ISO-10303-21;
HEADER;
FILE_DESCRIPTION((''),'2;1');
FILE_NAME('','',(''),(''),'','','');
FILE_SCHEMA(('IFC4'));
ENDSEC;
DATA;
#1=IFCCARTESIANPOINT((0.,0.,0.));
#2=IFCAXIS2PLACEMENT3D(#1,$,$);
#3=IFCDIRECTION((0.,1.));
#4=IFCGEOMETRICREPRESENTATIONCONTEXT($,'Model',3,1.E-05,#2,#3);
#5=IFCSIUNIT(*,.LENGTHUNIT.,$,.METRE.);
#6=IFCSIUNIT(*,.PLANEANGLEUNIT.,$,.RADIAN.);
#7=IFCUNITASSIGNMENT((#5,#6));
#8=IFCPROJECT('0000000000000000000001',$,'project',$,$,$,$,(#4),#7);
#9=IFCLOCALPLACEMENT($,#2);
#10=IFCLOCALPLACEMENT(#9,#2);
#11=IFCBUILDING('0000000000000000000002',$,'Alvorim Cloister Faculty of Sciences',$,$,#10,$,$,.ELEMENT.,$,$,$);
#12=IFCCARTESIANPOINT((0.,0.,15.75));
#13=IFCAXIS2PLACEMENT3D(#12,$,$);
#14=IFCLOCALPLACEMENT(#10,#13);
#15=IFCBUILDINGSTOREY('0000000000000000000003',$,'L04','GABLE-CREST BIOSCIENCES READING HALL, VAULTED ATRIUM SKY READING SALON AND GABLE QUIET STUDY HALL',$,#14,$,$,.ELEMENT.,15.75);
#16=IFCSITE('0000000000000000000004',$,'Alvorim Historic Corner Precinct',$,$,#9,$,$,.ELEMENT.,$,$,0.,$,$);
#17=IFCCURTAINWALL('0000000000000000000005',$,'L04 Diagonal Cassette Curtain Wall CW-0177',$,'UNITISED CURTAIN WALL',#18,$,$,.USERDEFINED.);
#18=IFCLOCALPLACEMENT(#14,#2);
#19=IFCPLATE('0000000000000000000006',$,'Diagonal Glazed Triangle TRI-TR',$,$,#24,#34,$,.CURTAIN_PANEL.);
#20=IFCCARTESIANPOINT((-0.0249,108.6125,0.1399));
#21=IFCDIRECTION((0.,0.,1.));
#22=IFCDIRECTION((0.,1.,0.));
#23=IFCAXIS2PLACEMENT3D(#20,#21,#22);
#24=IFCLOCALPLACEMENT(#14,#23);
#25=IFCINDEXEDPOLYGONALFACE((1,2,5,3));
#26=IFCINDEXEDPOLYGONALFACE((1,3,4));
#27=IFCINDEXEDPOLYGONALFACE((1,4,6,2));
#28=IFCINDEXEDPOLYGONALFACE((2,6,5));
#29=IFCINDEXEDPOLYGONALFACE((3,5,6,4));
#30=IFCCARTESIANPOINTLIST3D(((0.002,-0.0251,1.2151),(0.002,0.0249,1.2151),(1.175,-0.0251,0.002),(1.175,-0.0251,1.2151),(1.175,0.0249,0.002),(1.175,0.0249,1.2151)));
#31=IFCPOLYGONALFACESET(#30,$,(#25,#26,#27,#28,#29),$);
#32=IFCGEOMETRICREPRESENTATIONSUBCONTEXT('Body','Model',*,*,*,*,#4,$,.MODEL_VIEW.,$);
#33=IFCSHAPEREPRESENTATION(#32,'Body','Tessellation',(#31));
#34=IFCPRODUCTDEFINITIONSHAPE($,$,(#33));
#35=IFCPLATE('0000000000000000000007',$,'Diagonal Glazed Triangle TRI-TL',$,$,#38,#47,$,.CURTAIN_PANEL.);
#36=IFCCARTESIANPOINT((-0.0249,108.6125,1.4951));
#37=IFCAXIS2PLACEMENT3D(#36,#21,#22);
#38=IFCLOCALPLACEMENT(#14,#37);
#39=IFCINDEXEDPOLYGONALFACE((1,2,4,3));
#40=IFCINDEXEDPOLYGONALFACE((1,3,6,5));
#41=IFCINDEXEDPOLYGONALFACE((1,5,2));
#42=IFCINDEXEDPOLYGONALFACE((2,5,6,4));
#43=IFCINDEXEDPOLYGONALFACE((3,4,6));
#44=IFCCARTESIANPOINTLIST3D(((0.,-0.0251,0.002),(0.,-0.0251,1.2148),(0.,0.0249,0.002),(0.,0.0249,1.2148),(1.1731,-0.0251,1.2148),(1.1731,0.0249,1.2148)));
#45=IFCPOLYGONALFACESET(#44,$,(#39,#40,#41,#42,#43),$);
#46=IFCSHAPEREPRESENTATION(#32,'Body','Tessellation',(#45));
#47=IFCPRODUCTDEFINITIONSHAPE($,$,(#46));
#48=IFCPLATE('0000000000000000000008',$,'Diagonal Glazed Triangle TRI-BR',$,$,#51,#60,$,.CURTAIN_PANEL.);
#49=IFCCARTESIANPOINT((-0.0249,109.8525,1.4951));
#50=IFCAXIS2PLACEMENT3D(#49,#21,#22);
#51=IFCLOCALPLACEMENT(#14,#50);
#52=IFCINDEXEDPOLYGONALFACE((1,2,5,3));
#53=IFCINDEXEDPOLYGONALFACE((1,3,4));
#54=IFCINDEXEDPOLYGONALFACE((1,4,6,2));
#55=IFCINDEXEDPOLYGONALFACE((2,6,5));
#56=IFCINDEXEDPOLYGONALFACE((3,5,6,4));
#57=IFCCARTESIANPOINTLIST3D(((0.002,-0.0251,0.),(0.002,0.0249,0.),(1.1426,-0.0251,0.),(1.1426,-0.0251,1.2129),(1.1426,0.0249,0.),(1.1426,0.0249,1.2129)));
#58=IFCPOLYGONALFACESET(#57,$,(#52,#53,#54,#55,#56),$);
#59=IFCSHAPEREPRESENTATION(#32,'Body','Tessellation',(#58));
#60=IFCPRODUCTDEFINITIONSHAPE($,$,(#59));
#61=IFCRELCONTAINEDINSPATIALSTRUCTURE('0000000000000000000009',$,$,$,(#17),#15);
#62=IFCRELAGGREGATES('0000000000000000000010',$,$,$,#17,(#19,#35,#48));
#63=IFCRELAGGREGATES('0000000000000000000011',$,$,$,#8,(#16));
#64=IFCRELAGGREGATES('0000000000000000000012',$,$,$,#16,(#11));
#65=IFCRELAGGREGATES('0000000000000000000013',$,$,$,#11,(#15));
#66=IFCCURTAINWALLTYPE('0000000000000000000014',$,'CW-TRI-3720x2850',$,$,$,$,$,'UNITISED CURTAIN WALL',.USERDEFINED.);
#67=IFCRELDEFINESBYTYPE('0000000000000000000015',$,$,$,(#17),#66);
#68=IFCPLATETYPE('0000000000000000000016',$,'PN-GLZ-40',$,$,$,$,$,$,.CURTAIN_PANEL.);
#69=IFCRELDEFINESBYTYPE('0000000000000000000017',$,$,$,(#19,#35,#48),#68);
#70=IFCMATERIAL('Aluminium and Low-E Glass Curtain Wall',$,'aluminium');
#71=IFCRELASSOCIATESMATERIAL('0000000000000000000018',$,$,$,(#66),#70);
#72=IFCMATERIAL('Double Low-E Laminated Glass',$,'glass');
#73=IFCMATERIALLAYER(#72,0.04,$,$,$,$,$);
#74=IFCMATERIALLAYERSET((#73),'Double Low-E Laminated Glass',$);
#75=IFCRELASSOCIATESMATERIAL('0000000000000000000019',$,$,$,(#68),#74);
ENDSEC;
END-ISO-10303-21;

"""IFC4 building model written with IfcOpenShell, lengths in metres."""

from ifc_helpers import new_model, si_unit, direction, frame, origin, place, context, subcontext, project, spatial, polyline, outline, extrude, material, layer, layer_set, type_object, element, aggregate, save


model = new_model("IFC4")

# Units and contexts
model_context = context("Model", 3, precision=1e-05, world=origin(), true_north=direction((0.0, 1.0)))
body_context = subcontext(model_context, "Body", "Model", "MODEL_VIEW")
ifc_project = project(units=[si_unit("LENGTHUNIT", "METRE"), si_unit("PLANEANGLEUNIT", "RADIAN")], contexts=[model_context])

# Site, building, storey
site_placement = place(None, origin())
site = spatial("IfcSite", under=ifc_project, at=site_placement, Name="Alvorim Historic Corner Precinct", CompositionType="ELEMENT", RefElevation=0.0)
building_placement = place(site_placement, origin())
building = spatial("IfcBuilding", under=site, at=building_placement, Name="Alvorim Cloister Faculty of Sciences", CompositionType="ELEMENT")
storey_placement = place(building_placement, frame((0.0, 0.0, 15.75)))
storey = spatial("IfcBuildingStorey", under=building, at=storey_placement, Name="L04", Description="GABLE-CREST BIOSCIENCES READING HALL, VAULTED ATRIUM SKY READING SALON AND GABLE QUIET STUDY HALL", CompositionType="ELEMENT", Elevation=15.75)

# Curtain wall, plates
ifc_material_1 = material(Name="Aluminium and Low-E Glass Curtain Wall", Category="aluminium")
curtain_wall_type = type_object("IfcCurtainWallType", Name="CW-TRI-3720x2850", ElementType="UNITISED CURTAIN WALL", PredefinedType="USERDEFINED", material=ifc_material_1)
curtain_wall_placement = place(storey_placement, origin())
curtain_wall = element("IfcCurtainWall", 1, at=curtain_wall_placement, inside=storey, type_object=curtain_wall_type, Name="L04 Diagonal Cassette Curtain Wall CW-0177", ObjectType="UNITISED CURTAIN WALL", PredefinedType="USERDEFINED")
ifc_material_2 = material(Name="Double Low-E Laminated Glass", Category="glass")
ifc_layer = layer(ifc_material_2, 0.04)
ifc_layer_set = layer_set([ifc_layer], Name="Double Low-E Laminated Glass")
plate_type = type_object("IfcPlateType", Name="PN-GLZ-40", PredefinedType="CURTAIN_PANEL", material=ifc_layer_set)
plate_1_placement = place(storey_placement, frame((-0.0249, 108.6125, 0.1399), z_axis=(0.0, 0.0, 1.0), x_axis=(0.0, 1.0, 0.0)))
plate_1 = element("IfcPlate", 2, at=plate_1_placement, type_object=plate_type, Name="Diagonal Glazed Triangle TRI-TR", PredefinedType="CURTAIN_PANEL", context=body_context, shape_type="SweptSolid", body=[
    extrude(outline(polyline([(1.175, 0.002), (1.175, 1.2151), (0.002, 1.2151), (1.175, 0.002)])), frame((0.0, 0.0249, 0.0), z_axis=(0.0, -1.0, 0.0), x_axis=(1.0, 0.0, 0.0)), (0.0, 0.0, 1.0), 0.05),
])
plate_2_placement = place(storey_placement, frame((-0.0249, 108.6125, 1.4951), z_axis=(0.0, 0.0, 1.0), x_axis=(0.0, 1.0, 0.0)))
plate_2 = element("IfcPlate", 3, at=plate_2_placement, type_object=plate_type, Name="Diagonal Glazed Triangle TRI-TL", PredefinedType="CURTAIN_PANEL", context=body_context, shape_type="SweptSolid", body=[
    extrude(outline(polyline([(1.1731, 1.2148), (0.0, 1.2148), (0.0, 0.002), (1.1731, 1.2148)])), frame((0.0, 0.0249, 0.0), z_axis=(0.0, -1.0, 0.0), x_axis=(1.0, 0.0, 0.0)), (0.0, 0.0, 1.0), 0.05),
])
plate_3_placement = place(storey_placement, frame((-0.0249, 109.8525, 1.4951), z_axis=(0.0, 0.0, 1.0), x_axis=(0.0, 1.0, 0.0)))
plate_3 = element("IfcPlate", 4, at=plate_3_placement, type_object=plate_type, Name="Diagonal Glazed Triangle TRI-BR", PredefinedType="CURTAIN_PANEL", context=body_context, shape_type="SweptSolid", body=[
    extrude(outline(polyline([(0.002, 0.0), (1.1426, 0.0), (1.1426, 1.2129), (0.002, 0.0)])), frame((0.0, 0.0249, 0.0), z_axis=(0.0, -1.0, 0.0), x_axis=(1.0, 0.0, 0.0)), (0.0, 0.0, 1.0), 0.05),
])
aggregate(curtain_wall, [plate_1, plate_2, plate_3])

save(model, "model.ifc")
